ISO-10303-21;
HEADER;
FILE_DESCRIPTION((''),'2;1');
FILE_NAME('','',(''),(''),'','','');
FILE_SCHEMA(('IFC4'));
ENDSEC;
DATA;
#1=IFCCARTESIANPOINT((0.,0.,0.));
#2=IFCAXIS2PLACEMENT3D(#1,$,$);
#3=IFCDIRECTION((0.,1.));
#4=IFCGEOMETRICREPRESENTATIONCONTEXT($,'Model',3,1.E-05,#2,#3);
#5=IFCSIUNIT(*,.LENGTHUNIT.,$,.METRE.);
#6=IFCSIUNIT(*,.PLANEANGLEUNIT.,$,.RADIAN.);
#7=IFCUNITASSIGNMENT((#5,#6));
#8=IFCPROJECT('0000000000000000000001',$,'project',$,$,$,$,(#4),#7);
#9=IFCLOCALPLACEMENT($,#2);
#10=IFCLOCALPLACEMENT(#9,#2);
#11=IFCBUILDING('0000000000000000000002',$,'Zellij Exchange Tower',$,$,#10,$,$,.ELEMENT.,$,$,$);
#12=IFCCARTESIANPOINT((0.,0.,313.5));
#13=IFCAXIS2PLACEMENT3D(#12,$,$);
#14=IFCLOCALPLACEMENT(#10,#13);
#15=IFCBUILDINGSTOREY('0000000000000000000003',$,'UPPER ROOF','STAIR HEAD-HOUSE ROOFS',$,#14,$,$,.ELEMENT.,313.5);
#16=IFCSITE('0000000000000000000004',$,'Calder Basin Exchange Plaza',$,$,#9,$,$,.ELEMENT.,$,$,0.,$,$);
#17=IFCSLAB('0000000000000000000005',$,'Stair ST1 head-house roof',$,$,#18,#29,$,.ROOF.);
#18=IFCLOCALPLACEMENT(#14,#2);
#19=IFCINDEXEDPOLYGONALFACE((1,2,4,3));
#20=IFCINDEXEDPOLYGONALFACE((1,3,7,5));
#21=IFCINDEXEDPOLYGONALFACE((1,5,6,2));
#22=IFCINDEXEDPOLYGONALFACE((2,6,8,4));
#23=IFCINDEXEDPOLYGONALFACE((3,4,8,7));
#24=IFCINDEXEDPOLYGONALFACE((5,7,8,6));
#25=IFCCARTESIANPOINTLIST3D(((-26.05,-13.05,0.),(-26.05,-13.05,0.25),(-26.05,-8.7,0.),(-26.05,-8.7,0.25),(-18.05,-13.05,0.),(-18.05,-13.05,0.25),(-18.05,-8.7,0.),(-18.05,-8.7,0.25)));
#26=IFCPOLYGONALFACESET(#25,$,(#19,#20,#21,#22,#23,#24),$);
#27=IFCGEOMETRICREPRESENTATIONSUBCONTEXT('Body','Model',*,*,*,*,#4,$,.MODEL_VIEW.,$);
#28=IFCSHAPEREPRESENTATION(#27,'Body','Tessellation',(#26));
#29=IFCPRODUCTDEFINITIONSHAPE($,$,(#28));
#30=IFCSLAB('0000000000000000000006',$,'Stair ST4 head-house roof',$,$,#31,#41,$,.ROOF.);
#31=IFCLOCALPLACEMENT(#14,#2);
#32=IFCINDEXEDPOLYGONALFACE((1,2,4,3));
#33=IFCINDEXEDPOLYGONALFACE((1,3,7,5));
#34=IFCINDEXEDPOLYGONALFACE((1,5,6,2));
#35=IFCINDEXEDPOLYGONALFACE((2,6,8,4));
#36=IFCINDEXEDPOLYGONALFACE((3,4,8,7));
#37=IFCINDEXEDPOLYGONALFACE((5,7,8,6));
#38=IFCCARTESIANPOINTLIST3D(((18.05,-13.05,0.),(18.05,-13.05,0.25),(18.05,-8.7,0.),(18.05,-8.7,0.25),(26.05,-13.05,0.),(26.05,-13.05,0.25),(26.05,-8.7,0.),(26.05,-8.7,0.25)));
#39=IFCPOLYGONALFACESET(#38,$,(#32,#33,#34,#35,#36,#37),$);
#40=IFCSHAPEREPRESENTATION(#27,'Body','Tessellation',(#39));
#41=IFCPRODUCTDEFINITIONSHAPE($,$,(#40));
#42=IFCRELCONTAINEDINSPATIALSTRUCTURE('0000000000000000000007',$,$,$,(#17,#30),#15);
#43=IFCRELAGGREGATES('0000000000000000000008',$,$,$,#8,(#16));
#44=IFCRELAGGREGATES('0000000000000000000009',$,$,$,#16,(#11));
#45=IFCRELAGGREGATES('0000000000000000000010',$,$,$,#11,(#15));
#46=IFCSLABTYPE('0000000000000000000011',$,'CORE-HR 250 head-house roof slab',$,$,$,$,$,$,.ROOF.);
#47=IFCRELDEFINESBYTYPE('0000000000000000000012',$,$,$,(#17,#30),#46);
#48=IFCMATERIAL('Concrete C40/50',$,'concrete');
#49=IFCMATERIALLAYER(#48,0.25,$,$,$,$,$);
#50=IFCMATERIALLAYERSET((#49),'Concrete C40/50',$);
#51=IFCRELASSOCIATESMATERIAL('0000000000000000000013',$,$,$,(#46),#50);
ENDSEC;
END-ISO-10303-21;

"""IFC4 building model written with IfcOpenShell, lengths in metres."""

from ifc_helpers import new_model, si_unit, direction, frame, origin, place, context, subcontext, project, spatial, polyline, outline, extrude, material, layer, layer_set, type_object, element, save


model = new_model("IFC4")

# Units and contexts
model_context = context("Model", 3, precision=1e-05, world=origin(), true_north=direction((0.0, 1.0)))
body_context = subcontext(model_context, "Body", "Model", "MODEL_VIEW")
ifc_project = project(units=[si_unit("LENGTHUNIT", "METRE"), si_unit("PLANEANGLEUNIT", "RADIAN")], contexts=[model_context])

# Site, building, storey
site_placement = place(None, origin())
site = spatial("IfcSite", under=ifc_project, at=site_placement, Name="Calder Basin Exchange Plaza", CompositionType="ELEMENT", RefElevation=0.0)
building_placement = place(site_placement, origin())
building = spatial("IfcBuilding", under=site, at=building_placement, Name="Zellij Exchange Tower", CompositionType="ELEMENT")
storey_placement = place(building_placement, frame((0.0, 0.0, 313.5)))
storey = spatial("IfcBuildingStorey", under=building, at=storey_placement, Name="UPPER ROOF", Description="STAIR HEAD-HOUSE ROOFS", CompositionType="ELEMENT", Elevation=313.5)

# Slabs
ifc_material = material(Name="Concrete C40/50", Category="concrete")
ifc_layer = layer(ifc_material, 0.25)
ifc_layer_set = layer_set([ifc_layer], Name="Concrete C40/50")
slab_type = type_object("IfcSlabType", Name="CORE-HR 250 head-house roof slab", PredefinedType="ROOF", material=ifc_layer_set)
slab_1_placement = place(storey_placement, origin())
element("IfcSlab", 1, at=slab_1_placement, inside=storey, type_object=slab_type, Name="Stair ST1 head-house roof", PredefinedType="ROOF", context=body_context, shape_type="SweptSolid", body=[
    extrude(outline(polyline([(-26.05, -13.05), (-18.05, -13.05), (-18.05, -8.7), (-26.05, -8.7), (-26.05, -13.05)])), origin(), (0.0, 0.0, 1.0), 0.25),
])
slab_2_placement = place(storey_placement, origin())
element("IfcSlab", 2, at=slab_2_placement, inside=storey, type_object=slab_type, Name="Stair ST4 head-house roof", PredefinedType="ROOF", context=body_context, shape_type="SweptSolid", body=[
    extrude(outline(polyline([(18.05, -13.05), (26.05, -13.05), (26.05, -8.7), (18.05, -8.7), (18.05, -13.05)])), origin(), (0.0, 0.0, 1.0), 0.25),
])

save(model, "model.ifc")
